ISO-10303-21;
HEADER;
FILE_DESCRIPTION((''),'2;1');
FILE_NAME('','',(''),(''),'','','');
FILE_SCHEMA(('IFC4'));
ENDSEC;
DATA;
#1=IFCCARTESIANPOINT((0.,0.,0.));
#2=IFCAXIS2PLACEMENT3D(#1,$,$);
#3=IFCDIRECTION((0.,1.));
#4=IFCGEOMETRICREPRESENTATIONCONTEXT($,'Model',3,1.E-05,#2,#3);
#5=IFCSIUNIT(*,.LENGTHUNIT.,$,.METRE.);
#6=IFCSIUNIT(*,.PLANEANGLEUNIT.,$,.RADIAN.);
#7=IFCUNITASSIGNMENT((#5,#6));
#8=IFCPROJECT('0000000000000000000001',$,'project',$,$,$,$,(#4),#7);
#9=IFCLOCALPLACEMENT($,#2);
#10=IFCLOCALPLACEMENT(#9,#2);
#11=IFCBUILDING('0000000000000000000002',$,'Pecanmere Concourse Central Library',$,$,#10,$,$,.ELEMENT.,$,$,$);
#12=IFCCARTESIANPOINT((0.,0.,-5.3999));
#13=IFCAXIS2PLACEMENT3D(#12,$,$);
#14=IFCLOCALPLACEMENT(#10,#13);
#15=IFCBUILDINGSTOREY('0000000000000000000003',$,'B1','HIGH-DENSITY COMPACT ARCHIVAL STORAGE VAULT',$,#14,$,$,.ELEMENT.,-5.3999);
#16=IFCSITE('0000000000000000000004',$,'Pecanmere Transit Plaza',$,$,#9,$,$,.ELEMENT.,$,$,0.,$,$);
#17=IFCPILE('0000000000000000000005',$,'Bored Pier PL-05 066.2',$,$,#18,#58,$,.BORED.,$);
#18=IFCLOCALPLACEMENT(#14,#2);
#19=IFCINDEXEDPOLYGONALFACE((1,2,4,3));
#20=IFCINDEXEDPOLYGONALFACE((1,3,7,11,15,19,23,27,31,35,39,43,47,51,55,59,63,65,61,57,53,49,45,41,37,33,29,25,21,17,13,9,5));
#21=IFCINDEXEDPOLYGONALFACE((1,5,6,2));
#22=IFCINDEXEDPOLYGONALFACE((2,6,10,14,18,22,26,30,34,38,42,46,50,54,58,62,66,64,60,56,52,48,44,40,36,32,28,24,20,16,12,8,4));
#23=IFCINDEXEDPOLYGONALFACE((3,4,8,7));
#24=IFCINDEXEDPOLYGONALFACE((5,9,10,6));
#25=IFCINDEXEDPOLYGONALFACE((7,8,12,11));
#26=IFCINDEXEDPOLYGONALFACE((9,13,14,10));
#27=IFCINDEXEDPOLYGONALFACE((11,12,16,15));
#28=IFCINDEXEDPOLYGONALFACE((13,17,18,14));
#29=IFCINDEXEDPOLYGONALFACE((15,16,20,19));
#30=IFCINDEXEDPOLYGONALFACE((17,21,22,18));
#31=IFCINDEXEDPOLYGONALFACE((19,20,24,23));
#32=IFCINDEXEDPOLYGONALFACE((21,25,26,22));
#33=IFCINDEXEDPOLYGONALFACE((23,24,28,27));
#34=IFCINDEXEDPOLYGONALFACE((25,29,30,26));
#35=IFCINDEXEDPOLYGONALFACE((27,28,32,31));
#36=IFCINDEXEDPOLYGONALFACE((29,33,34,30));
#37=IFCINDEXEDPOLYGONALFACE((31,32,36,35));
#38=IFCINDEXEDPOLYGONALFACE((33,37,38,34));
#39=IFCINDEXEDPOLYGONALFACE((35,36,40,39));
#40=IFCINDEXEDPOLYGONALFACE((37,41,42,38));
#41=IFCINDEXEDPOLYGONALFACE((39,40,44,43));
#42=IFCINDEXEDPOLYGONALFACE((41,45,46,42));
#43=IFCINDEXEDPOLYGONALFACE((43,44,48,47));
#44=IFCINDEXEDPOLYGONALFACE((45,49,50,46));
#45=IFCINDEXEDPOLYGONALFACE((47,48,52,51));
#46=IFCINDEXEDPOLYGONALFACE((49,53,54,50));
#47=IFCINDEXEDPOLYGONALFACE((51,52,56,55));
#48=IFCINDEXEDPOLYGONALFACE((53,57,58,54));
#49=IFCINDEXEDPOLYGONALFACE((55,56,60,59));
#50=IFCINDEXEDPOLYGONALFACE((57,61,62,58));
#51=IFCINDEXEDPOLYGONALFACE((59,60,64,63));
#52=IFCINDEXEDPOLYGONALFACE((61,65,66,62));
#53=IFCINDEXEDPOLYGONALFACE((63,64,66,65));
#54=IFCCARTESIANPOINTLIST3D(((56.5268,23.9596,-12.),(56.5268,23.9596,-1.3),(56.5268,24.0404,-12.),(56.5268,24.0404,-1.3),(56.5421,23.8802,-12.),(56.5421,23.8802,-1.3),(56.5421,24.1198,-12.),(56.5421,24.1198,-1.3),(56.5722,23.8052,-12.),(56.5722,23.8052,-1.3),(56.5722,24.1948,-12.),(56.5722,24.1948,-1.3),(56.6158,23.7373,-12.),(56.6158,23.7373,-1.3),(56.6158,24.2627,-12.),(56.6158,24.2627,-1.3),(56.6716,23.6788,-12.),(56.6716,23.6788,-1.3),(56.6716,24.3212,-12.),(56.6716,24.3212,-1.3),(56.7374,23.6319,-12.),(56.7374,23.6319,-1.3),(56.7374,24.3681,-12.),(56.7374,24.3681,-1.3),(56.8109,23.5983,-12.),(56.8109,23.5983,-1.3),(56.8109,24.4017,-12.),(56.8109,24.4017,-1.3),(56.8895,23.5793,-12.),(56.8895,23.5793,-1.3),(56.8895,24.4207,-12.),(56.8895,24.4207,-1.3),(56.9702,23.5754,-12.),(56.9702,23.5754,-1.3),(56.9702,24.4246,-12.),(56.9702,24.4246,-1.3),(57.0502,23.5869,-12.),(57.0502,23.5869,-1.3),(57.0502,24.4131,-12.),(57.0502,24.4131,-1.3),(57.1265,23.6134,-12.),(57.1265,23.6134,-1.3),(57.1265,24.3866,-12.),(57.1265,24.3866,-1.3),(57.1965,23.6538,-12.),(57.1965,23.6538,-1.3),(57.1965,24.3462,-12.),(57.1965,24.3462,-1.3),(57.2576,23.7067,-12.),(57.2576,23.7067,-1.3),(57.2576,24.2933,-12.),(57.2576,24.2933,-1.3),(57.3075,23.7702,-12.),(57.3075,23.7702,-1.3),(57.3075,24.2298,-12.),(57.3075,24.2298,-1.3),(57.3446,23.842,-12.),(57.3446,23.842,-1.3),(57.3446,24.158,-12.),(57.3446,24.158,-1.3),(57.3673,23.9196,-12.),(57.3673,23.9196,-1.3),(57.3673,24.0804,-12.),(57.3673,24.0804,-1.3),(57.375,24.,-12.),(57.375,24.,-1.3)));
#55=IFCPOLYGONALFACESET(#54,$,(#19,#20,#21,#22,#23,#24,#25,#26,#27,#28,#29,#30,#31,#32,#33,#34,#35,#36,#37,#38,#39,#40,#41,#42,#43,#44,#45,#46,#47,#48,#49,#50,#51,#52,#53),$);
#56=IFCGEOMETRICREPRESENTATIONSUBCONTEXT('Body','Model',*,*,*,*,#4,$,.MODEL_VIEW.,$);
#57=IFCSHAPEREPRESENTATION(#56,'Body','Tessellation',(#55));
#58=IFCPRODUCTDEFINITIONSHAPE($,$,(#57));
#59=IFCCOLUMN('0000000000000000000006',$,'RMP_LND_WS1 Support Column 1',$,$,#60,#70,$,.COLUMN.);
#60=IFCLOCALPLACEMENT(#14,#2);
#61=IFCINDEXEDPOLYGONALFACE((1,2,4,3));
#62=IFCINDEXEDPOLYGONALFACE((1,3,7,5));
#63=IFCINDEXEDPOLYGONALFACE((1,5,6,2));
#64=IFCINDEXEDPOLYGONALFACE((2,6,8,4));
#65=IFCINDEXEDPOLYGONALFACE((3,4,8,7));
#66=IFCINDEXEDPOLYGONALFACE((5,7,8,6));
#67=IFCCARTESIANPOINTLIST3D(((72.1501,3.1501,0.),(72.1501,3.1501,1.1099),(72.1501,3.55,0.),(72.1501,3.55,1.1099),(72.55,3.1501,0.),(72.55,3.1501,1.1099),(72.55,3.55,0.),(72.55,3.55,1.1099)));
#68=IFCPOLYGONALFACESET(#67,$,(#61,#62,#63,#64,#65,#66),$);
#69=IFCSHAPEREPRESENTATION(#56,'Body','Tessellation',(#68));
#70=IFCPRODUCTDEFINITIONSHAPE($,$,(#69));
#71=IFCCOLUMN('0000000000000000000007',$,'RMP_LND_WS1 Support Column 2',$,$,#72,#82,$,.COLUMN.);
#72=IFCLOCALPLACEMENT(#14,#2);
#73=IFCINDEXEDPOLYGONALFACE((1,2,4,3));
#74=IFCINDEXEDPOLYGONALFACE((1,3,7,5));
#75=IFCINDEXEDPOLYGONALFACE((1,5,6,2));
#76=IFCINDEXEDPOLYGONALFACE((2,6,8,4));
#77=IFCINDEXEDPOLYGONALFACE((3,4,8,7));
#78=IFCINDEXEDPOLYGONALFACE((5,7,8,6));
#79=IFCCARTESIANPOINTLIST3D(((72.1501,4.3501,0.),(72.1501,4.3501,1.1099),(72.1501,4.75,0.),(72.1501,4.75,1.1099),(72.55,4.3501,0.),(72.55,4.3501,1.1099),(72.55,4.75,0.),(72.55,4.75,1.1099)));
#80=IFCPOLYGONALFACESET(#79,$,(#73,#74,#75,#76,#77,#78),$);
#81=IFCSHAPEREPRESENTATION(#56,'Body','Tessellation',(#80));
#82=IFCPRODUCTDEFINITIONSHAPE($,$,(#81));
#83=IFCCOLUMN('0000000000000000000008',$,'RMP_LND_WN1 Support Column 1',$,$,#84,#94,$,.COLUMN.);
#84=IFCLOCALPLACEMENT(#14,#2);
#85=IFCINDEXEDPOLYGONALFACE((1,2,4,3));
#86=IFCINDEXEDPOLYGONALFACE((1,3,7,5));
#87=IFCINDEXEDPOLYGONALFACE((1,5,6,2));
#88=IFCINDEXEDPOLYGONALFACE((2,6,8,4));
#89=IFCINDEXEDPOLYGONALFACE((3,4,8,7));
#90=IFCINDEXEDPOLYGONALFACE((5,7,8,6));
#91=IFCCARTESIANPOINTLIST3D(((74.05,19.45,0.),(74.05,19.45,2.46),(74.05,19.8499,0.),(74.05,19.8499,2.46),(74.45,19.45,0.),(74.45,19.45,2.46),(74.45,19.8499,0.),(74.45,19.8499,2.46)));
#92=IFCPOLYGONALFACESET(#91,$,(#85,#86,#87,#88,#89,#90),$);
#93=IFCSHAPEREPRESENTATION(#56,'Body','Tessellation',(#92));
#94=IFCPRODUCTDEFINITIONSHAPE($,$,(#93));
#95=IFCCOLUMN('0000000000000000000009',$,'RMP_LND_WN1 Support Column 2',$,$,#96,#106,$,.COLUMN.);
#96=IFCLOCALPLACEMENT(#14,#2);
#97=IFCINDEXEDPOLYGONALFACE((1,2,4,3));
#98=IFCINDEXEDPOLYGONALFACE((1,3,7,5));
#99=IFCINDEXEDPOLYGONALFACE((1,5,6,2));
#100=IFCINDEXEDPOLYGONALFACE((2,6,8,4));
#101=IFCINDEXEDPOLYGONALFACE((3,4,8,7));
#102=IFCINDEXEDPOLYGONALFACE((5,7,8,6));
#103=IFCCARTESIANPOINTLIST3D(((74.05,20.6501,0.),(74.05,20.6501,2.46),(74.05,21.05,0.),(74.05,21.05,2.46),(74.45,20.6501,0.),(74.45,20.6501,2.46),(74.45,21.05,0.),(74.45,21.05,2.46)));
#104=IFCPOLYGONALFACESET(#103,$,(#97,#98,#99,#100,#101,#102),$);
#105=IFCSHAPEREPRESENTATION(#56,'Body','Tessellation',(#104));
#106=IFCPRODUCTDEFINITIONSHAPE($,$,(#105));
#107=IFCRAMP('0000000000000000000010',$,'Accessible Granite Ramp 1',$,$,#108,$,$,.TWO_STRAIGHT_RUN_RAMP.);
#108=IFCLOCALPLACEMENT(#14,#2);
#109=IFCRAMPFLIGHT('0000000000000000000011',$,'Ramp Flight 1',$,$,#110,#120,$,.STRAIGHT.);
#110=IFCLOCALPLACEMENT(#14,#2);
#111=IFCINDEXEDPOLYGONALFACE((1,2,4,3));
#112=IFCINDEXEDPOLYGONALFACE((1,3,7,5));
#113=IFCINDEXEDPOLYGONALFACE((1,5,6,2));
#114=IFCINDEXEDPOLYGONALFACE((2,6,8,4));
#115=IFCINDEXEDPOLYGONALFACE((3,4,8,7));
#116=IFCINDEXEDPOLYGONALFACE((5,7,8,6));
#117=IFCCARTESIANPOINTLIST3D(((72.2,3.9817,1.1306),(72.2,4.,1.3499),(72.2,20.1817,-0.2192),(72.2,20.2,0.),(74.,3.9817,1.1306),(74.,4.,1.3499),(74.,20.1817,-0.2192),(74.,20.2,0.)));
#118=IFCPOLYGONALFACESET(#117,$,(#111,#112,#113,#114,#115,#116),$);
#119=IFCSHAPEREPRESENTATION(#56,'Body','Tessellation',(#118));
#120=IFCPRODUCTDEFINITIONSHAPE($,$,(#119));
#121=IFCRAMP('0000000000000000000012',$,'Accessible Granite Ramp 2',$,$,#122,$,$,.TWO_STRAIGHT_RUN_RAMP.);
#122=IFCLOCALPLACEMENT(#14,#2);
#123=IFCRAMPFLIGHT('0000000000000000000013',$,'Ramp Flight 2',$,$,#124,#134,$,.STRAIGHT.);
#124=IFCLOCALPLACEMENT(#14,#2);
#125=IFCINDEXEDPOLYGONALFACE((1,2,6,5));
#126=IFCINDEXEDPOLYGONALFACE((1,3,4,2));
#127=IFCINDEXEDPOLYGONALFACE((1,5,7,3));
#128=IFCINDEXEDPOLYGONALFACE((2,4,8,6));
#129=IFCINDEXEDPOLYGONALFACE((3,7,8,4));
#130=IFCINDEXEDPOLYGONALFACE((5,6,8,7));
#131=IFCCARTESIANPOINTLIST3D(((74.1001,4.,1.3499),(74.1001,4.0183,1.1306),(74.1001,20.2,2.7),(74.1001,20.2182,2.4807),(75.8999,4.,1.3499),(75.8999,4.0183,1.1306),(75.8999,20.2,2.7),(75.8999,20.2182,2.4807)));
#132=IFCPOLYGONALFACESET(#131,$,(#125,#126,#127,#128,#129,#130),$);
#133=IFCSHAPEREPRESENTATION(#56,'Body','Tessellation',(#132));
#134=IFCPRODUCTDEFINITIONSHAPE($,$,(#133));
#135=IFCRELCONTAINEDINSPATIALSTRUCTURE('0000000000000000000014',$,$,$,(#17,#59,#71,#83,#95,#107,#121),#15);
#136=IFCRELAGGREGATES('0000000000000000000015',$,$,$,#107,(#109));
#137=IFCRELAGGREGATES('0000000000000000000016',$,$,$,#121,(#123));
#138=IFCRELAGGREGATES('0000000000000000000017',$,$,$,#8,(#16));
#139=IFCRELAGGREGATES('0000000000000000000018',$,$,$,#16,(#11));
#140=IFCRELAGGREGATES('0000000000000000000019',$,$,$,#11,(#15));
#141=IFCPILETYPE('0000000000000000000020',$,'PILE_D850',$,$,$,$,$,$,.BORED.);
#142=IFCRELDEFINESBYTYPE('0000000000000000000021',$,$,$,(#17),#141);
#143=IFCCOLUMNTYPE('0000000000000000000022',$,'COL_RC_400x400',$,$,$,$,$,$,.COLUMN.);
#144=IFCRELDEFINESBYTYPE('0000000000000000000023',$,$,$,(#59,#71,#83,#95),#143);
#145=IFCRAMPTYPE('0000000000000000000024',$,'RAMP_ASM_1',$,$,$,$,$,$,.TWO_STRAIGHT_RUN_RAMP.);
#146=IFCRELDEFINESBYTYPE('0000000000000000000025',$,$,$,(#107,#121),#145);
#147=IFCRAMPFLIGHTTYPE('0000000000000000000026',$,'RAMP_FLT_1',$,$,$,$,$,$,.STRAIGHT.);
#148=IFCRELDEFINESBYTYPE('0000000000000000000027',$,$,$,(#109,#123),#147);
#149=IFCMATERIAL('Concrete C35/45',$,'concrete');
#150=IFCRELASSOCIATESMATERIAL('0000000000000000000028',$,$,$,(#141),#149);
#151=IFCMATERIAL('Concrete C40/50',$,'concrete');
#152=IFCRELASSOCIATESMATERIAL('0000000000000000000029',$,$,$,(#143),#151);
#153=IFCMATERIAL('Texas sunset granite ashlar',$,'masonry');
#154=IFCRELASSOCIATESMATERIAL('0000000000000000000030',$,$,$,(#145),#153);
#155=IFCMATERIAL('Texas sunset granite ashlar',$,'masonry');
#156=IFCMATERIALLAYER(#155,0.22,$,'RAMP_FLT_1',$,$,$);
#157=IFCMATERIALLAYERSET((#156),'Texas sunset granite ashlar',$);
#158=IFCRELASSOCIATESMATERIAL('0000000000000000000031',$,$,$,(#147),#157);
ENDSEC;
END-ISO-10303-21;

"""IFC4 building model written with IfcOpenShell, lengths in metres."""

from ifc_helpers import new_model, si_unit, direction, frame, origin, origin_2d, place, context, subcontext, project, spatial, polyline, rectangle, circle, outline, extrude, material, layer, layer_set, material_profile, profile_set, type_object, element, aggregate, save


model = new_model("IFC4")

# Units and contexts
model_context = context("Model", 3, precision=1e-05, world=origin(), true_north=direction((0.0, 1.0)))
body_context = subcontext(model_context, "Body", "Model", "MODEL_VIEW")
ifc_project = project(units=[si_unit("LENGTHUNIT", "METRE"), si_unit("PLANEANGLEUNIT", "RADIAN")], contexts=[model_context])

# Site, building, storey
site_placement = place(None, origin())
site = spatial("IfcSite", under=ifc_project, at=site_placement, Name="Pecanmere Transit Plaza", CompositionType="ELEMENT", RefElevation=0.0)
building_placement = place(site_placement, origin())
building = spatial("IfcBuilding", under=site, at=building_placement, Name="Pecanmere Concourse Central Library", CompositionType="ELEMENT")
storey_placement = place(building_placement, frame((0.0, 0.0, -5.3999)))
storey = spatial("IfcBuildingStorey", under=building, at=storey_placement, Name="B1", Description="HIGH-DENSITY COMPACT ARCHIVAL STORAGE VAULT", CompositionType="ELEMENT", Elevation=-5.3999)

# Pile
ifc_material_1 = material(Name="Concrete C35/45", Category="concrete")
ifc_material_profile_1 = material_profile(ifc_material_1, circle(Radius=0.425, at=origin_2d()), Name="PIER D850")
ifc_profile_set_1 = profile_set([ifc_material_profile_1], Name="Concrete C35/45")
pile_type_1 = type_object("IfcPileType", Name="PILE_D850", PredefinedType="BORED", material=ifc_profile_set_1)
pile_1_placement = place(storey_placement, frame((56.95, 24.0, -1.3), z_axis=(0.0, 0.0, -1.0), x_axis=(1.0, 0.0, 0.0)))
element("IfcPile", 1, at=pile_1_placement, inside=storey, type_object=pile_type_1, Name="Bored Pier PL-05 066.2", PredefinedType="BORED", context=body_context, shape_type="SweptSolid", body=[
    extrude(circle(Radius=0.425, at=origin_2d()), origin(), (0.0, 0.0, 1.0), 10.7),
])

# Columns
ifc_material_2 = material(Name="Concrete C40/50", Category="concrete")
ifc_material_profile_2 = material_profile(ifc_material_2, rectangle(XDim=0.3999, YDim=0.3999, at=origin_2d()), Name="RC 400x400")
ifc_profile_set_2 = profile_set([ifc_material_profile_2], Name="Concrete C40/50")
column_type = type_object("IfcColumnType", Name="COL_RC_400x400", PredefinedType="COLUMN", material=ifc_profile_set_2)
for number, where, z_axis, x_axis, name in (
    (2, (72.3501, 3.3501, 0.0), (0.0, 0.0, 1.0), (1.0, 0.0, 0.0), "RMP_LND_WS1 Support Column 1"),
    (3, (72.3501, 4.55, 0.0), (0.0, 0.0, 1.0), (1.0, 0.0, 0.0), "RMP_LND_WS1 Support Column 2"),
):
    element("IfcColumn", number, at=place(storey_placement, frame(where, z_axis=z_axis, x_axis=x_axis)), inside=storey, type_object=column_type, Name=name, PredefinedType="COLUMN", context=body_context, shape_type="SweptSolid", body=[
        extrude(rectangle(XDim=0.3999, YDim=0.3999, at=origin_2d()), origin(), (0.0, 0.0, 1.0), 1.1099),
    ])
for number, where, z_axis, x_axis, name in (
    (4, (74.25, 19.6499, 0.0), (0.0, 0.0, 1.0), (1.0, 0.0, 0.0), "RMP_LND_WN1 Support Column 1"),
    (5, (74.25, 20.8501, 0.0), (0.0, 0.0, 1.0), (1.0, 0.0, 0.0), "RMP_LND_WN1 Support Column 2"),
):
    element("IfcColumn", number, at=place(storey_placement, frame(where, z_axis=z_axis, x_axis=x_axis)), inside=storey, type_object=column_type, Name=name, PredefinedType="COLUMN", context=body_context, shape_type="SweptSolid", body=[
        extrude(rectangle(XDim=0.3999, YDim=0.3999, at=origin_2d()), origin(), (0.0, 0.0, 1.0), 2.46),
    ])

# Ramps, ramp flights
ifc_material_3 = material(Name="Texas sunset granite ashlar", Category="masonry")
ramp_type = type_object("IfcRampType", Name="RAMP_ASM_1", PredefinedType="TWO_STRAIGHT_RUN_RAMP", material=ifc_material_3)
ramp_1_placement = place(storey_placement, origin())
ramp_1 = element("IfcRamp", 6, at=ramp_1_placement, inside=storey, type_object=ramp_type, Name="Accessible Granite Ramp 1", PredefinedType="TWO_STRAIGHT_RUN_RAMP")
ifc_material_4 = material(Name="Texas sunset granite ashlar", Category="masonry")
ifc_layer = layer(ifc_material_4, 0.22, Name="RAMP_FLT_1")
ifc_layer_set = layer_set([ifc_layer], Name="Texas sunset granite ashlar")
ramp_flight_type = type_object("IfcRampFlightType", Name="RAMP_FLT_1", PredefinedType="STRAIGHT", material=ifc_layer_set)
ramp_flight_1_placement = place(storey_placement, frame((72.2, 20.2, 0.0), z_axis=(0.0, 0.083037, 0.996546), x_axis=(1.0, 0.0, 0.0)))
ramp_flight_1 = element("IfcRampFlight", 7, at=ramp_flight_1_placement, type_object=ramp_flight_type, Name="Ramp Flight 1", PredefinedType="STRAIGHT", context=body_context, shape_type="SweptSolid", body=[
    extrude(outline(polyline([(0.0, 0.0), (1.8, 0.0), (1.8, -16.2561), (0.0, -16.2561), (0.0, 0.0)])), origin(), (0.0, 0.0, -1.0), 0.22),
])
aggregate(ramp_1, [ramp_flight_1])
ramp_2_placement = place(storey_placement, origin())
ramp_2 = element("IfcRamp", 8, at=ramp_2_placement, inside=storey, type_object=ramp_type, Name="Accessible Granite Ramp 2", PredefinedType="TWO_STRAIGHT_RUN_RAMP")
ramp_flight_2_placement = place(storey_placement, frame((74.1001, 4.0, 1.3499), z_axis=(0.0, -0.083052, 0.996545), x_axis=(1.0, 0.0, 0.0)))
ramp_flight_2 = element("IfcRampFlight", 9, at=ramp_flight_2_placement, type_object=ramp_flight_type, Name="Ramp Flight 2", PredefinedType="STRAIGHT", context=body_context, shape_type="SweptSolid", body=[
    extrude(outline(polyline([(0.0, 0.0), (1.7998, 0.0), (1.7998, 16.2561), (0.0, 16.2561), (0.0, 0.0)])), origin(), (0.0, 0.0, -1.0), 0.22),
])
aggregate(ramp_2, [ramp_flight_2])

save(model, "model.ifc")
